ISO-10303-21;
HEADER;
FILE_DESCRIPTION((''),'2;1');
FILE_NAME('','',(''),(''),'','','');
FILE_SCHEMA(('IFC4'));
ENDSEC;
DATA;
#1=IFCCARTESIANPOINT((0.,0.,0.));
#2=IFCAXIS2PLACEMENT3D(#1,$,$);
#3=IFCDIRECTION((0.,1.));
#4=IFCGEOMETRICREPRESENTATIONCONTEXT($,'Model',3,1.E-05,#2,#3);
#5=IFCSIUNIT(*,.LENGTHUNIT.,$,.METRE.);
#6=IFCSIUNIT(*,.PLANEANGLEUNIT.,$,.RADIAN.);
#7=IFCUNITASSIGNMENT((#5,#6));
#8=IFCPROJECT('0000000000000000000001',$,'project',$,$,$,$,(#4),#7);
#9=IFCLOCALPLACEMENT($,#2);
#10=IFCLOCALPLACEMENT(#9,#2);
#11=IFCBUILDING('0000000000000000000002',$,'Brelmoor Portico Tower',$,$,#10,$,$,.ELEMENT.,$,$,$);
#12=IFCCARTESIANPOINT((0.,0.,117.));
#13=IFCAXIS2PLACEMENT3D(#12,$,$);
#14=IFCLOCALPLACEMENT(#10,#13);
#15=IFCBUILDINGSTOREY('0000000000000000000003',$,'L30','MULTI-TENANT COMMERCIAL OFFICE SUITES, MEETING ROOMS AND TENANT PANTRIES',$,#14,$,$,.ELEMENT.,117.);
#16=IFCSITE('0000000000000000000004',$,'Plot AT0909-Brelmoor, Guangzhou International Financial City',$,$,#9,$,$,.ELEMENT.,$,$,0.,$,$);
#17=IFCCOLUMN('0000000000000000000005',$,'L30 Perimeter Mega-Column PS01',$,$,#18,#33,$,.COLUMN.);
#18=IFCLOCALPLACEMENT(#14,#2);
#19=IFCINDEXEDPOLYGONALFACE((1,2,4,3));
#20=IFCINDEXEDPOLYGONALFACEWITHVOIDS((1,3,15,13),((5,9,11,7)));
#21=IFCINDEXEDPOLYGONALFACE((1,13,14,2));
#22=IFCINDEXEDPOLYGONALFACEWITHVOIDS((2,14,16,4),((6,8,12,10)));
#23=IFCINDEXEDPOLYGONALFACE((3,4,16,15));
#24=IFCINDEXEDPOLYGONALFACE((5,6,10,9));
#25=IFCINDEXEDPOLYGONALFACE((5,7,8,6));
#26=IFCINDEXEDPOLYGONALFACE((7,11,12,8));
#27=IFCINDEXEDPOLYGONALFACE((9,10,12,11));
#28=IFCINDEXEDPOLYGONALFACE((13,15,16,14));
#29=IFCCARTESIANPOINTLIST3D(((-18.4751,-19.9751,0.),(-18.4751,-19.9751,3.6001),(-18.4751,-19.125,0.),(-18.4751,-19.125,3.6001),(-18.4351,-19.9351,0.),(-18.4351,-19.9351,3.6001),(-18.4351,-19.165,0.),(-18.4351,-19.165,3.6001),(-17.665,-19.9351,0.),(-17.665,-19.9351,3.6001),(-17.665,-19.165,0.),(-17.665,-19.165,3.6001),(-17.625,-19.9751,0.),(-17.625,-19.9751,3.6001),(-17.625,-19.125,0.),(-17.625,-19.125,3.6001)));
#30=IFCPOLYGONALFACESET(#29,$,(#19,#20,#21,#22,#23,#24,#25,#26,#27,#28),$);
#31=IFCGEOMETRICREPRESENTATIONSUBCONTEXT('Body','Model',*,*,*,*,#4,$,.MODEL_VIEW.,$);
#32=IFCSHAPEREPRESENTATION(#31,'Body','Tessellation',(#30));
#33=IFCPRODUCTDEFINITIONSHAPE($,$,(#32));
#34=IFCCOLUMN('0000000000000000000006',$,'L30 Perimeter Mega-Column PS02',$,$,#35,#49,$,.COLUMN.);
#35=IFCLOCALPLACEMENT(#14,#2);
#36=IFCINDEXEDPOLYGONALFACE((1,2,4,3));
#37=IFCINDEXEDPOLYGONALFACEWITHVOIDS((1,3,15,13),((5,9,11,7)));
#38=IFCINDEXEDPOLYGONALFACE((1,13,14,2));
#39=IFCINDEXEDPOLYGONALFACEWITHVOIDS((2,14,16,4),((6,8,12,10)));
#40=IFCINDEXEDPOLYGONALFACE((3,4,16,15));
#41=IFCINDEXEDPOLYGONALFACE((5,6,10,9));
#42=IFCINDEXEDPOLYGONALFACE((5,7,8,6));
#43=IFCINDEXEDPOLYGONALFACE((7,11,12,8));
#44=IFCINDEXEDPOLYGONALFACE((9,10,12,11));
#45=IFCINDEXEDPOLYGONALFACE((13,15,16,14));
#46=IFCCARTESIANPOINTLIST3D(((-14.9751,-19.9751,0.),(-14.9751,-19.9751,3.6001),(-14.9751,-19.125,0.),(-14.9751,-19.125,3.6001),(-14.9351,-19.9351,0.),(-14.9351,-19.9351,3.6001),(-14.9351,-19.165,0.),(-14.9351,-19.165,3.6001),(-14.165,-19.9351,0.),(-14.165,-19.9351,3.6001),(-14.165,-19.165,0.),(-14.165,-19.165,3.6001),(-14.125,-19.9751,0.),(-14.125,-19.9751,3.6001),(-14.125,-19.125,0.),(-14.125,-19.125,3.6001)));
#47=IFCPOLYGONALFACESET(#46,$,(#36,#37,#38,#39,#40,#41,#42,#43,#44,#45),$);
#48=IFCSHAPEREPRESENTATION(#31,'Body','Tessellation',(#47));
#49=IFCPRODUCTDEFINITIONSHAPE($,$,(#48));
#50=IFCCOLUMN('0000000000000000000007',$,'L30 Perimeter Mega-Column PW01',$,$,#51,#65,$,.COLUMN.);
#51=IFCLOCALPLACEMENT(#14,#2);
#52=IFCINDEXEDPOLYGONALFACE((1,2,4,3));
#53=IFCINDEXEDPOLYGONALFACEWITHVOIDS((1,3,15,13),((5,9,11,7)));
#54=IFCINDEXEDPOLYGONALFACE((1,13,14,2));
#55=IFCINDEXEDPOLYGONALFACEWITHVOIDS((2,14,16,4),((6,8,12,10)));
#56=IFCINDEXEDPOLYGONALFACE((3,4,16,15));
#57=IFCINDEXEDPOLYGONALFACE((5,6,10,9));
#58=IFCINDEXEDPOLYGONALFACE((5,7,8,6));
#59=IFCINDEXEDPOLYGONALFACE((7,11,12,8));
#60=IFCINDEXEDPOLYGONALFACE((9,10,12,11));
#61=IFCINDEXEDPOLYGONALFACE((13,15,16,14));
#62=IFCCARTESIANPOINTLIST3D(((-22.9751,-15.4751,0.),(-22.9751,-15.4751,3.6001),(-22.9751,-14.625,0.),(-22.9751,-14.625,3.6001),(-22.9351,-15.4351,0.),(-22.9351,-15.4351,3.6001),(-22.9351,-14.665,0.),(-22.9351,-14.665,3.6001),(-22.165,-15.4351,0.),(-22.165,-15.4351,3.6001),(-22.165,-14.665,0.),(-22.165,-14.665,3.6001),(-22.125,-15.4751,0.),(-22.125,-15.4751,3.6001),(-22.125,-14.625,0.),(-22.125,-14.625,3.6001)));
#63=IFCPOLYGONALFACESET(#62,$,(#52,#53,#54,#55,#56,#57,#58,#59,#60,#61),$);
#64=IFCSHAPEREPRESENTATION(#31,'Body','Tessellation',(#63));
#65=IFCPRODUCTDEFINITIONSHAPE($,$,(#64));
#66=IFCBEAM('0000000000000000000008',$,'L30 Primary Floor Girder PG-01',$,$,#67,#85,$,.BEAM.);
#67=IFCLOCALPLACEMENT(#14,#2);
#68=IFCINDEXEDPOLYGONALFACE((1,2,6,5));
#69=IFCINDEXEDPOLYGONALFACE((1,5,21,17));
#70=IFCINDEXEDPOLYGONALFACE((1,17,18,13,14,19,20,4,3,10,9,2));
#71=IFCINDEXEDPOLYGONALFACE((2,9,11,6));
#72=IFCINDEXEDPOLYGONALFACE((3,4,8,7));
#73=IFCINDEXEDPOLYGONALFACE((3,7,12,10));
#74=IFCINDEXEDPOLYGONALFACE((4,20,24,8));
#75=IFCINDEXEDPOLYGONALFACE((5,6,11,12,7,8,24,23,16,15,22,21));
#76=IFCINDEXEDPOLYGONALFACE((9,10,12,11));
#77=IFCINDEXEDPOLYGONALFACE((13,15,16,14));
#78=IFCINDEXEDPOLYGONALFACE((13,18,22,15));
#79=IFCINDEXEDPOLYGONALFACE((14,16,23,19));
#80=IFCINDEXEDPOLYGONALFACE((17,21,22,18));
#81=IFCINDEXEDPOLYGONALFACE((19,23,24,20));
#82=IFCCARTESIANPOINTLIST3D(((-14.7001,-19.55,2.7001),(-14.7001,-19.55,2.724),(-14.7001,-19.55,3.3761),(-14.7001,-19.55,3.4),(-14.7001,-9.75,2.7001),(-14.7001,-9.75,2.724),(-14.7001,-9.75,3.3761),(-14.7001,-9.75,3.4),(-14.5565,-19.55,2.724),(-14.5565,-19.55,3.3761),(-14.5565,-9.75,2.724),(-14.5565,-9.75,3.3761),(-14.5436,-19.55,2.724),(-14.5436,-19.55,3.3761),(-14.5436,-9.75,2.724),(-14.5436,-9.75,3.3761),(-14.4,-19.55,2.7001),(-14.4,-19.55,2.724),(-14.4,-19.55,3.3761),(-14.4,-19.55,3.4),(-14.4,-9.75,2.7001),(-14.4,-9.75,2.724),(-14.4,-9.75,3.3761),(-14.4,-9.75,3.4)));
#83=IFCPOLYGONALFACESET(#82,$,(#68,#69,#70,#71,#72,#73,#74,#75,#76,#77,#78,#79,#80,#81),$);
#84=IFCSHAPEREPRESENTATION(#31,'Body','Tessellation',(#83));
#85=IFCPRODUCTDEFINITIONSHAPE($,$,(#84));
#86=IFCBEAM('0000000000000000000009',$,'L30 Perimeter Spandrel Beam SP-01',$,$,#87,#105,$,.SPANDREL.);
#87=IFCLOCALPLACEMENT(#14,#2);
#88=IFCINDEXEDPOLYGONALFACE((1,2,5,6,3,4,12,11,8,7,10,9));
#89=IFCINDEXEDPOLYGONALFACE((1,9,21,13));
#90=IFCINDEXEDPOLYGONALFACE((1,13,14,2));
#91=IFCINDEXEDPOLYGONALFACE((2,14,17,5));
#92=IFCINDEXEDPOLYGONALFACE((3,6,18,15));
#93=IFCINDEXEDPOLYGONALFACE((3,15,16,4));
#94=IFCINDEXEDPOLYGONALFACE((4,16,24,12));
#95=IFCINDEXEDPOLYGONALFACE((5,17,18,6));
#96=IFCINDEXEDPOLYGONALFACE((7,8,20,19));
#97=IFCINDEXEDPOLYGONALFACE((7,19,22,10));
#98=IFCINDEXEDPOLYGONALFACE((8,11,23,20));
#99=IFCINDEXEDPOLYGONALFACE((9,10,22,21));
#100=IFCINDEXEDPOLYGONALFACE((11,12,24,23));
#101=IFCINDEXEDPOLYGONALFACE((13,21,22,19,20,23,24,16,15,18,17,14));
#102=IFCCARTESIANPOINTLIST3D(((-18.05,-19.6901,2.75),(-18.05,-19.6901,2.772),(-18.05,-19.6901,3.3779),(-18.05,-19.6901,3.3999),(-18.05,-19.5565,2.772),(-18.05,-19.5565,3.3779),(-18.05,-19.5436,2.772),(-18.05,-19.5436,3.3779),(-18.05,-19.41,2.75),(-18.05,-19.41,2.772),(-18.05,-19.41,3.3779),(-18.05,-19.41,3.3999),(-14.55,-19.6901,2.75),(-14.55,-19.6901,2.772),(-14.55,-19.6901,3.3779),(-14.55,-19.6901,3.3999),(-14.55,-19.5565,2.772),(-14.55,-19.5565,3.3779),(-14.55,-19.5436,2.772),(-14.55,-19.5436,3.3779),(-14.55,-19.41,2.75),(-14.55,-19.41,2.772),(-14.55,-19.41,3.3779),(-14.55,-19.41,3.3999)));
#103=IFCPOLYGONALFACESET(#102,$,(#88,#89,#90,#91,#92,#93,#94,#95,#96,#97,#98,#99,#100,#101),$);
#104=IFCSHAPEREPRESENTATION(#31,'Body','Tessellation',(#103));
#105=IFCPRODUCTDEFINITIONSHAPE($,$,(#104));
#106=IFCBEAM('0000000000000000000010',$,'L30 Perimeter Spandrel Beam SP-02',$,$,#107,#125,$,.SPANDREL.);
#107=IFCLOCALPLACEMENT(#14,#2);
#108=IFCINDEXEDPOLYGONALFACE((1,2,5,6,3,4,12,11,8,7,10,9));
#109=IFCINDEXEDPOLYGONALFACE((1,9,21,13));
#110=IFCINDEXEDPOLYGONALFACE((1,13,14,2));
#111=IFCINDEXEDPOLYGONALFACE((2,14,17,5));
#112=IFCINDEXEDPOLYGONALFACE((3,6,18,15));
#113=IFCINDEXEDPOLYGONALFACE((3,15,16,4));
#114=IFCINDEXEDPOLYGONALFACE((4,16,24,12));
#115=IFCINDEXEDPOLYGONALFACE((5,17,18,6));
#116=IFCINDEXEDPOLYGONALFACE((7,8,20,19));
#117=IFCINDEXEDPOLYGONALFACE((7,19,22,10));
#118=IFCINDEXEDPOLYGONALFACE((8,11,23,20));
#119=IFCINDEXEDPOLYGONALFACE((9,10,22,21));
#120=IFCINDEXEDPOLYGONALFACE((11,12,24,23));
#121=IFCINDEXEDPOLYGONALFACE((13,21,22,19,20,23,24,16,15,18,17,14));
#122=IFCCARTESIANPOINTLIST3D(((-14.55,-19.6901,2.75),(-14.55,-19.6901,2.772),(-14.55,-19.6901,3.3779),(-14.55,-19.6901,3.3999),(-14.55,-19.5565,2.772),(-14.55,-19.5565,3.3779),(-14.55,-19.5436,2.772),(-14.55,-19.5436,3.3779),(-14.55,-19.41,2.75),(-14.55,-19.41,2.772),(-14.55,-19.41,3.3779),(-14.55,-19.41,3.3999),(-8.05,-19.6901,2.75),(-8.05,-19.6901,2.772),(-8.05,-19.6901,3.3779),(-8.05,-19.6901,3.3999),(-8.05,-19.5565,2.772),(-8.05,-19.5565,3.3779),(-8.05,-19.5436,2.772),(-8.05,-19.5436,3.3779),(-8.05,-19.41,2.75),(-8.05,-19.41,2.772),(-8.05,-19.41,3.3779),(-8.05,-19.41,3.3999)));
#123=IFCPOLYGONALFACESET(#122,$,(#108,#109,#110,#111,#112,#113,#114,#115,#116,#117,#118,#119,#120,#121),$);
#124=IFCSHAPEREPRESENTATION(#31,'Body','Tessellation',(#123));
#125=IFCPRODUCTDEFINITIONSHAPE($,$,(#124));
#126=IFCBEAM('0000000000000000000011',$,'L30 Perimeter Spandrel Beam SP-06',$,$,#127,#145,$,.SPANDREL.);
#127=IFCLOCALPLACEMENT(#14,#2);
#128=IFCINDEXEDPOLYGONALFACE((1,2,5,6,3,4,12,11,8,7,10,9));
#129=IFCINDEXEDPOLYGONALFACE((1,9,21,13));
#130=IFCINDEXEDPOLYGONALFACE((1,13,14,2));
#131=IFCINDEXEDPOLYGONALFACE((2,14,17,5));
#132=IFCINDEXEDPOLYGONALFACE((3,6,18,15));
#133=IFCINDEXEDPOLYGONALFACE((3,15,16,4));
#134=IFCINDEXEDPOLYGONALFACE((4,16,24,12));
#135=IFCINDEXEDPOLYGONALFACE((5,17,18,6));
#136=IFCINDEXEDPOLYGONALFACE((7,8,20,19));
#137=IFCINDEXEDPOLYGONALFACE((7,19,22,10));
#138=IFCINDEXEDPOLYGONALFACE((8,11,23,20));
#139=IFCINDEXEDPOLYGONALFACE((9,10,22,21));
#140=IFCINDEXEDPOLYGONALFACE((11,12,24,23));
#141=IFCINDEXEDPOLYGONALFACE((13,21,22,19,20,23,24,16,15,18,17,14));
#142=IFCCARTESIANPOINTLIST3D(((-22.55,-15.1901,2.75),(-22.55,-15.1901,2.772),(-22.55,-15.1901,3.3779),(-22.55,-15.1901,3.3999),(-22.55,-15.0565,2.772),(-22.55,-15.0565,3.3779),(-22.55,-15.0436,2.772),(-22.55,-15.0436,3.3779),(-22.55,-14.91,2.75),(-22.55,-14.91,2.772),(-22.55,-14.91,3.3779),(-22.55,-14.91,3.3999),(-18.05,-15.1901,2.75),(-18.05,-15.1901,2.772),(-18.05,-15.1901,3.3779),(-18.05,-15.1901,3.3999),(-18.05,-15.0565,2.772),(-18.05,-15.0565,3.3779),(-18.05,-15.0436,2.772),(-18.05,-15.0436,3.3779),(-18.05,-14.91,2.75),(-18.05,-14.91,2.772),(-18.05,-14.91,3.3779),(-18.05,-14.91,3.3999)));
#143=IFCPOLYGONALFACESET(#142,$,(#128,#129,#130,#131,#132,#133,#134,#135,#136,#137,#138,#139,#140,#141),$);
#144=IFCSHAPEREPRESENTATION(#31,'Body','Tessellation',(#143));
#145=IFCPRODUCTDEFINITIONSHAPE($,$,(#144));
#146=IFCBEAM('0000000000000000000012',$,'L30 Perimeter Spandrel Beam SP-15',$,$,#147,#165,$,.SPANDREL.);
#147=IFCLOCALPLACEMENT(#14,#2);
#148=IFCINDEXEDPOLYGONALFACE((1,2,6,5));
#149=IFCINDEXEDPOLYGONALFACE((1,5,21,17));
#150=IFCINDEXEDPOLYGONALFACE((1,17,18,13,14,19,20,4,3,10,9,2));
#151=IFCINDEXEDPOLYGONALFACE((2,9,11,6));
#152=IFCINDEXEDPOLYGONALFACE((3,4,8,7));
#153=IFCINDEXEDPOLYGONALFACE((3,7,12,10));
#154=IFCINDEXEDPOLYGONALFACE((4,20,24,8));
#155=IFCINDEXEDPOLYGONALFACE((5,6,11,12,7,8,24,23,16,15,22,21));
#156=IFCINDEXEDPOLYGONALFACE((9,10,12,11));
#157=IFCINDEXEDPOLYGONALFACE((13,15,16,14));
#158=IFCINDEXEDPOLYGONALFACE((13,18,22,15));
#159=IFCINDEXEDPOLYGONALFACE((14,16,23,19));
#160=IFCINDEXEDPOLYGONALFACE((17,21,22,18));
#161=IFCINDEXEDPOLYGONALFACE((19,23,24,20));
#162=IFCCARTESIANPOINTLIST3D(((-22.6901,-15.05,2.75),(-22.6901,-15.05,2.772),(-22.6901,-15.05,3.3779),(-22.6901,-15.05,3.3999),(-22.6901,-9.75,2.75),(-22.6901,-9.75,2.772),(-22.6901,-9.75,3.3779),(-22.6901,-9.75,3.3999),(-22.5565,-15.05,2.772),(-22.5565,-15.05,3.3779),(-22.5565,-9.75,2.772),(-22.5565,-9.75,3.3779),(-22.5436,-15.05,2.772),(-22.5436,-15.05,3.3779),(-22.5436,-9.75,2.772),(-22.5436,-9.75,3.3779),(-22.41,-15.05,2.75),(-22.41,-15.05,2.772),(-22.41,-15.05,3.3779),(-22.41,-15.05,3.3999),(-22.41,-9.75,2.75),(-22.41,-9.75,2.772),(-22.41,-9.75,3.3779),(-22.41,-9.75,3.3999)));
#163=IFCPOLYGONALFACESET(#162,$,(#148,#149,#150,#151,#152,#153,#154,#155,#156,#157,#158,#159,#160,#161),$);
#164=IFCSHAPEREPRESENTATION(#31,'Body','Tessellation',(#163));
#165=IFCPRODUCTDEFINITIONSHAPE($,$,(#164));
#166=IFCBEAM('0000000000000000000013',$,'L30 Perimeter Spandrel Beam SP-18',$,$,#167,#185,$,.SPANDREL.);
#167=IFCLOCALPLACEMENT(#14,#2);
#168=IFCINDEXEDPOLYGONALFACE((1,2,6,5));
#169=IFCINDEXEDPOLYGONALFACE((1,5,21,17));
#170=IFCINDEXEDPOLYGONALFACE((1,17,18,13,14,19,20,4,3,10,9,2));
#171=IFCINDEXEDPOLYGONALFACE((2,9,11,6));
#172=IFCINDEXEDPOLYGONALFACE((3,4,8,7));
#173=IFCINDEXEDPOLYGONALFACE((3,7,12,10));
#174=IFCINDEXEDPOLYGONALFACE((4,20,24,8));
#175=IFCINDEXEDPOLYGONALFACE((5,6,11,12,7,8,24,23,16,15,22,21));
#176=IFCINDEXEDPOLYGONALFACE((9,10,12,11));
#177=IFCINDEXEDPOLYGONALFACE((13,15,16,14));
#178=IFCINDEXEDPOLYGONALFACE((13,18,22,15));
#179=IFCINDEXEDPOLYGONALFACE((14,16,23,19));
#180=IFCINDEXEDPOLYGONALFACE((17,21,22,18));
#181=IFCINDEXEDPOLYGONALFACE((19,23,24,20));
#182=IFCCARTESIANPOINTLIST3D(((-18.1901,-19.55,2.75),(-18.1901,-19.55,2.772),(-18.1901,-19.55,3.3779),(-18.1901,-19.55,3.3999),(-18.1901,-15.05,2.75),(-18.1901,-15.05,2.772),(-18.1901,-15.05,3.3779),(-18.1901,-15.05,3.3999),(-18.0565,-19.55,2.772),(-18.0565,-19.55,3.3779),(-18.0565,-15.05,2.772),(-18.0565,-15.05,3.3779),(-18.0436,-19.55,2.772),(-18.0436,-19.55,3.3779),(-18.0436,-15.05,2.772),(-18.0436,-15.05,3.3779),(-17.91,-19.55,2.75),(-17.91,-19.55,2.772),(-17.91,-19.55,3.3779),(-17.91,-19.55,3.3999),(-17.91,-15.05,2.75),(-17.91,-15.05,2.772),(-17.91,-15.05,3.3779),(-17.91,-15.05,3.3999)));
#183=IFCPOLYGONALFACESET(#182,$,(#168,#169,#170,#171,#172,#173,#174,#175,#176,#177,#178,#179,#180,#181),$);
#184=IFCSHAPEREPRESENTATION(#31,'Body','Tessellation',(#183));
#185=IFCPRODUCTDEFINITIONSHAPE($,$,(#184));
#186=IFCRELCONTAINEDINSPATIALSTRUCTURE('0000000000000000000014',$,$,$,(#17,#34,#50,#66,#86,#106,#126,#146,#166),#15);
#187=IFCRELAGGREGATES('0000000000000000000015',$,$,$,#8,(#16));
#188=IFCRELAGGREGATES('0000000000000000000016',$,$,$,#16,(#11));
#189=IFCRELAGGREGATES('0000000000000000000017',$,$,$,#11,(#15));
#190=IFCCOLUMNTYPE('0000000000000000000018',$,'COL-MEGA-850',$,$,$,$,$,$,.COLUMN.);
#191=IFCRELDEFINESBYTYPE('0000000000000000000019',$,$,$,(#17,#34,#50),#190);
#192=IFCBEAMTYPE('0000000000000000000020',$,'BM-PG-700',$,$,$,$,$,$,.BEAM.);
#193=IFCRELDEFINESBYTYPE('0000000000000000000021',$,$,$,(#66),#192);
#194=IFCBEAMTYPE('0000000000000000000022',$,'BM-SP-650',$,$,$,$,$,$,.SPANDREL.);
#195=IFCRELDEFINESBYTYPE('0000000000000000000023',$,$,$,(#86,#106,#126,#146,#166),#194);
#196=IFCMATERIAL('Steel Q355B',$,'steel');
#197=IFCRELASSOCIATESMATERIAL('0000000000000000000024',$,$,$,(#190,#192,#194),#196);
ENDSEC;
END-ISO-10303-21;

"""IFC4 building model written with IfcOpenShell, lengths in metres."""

from ifc_helpers import new_model, si_unit, direction, frame, origin, origin_2d, place, context, subcontext, project, spatial, hollow_rectangle, i_section, extrude, material, material_profile, profile_set, type_object, element, save


model = new_model("IFC4")

# Units and contexts
model_context = context("Model", 3, precision=1e-05, world=origin(), true_north=direction((0.0, 1.0)))
body_context = subcontext(model_context, "Body", "Model", "MODEL_VIEW")
ifc_project = project(units=[si_unit("LENGTHUNIT", "METRE"), si_unit("PLANEANGLEUNIT", "RADIAN")], contexts=[model_context])

# Site, building, storey
site_placement = place(None, origin())
site = spatial("IfcSite", under=ifc_project, at=site_placement, Name="Plot AT0909-Brelmoor, Guangzhou International Financial City", CompositionType="ELEMENT", RefElevation=0.0)
building_placement = place(site_placement, origin())
building = spatial("IfcBuilding", under=site, at=building_placement, Name="Brelmoor Portico Tower", CompositionType="ELEMENT")
storey_placement = place(building_placement, frame((0.0, 0.0, 117.0)))
storey = spatial("IfcBuildingStorey", under=building, at=storey_placement, Name="L30", Description="MULTI-TENANT COMMERCIAL OFFICE SUITES, MEETING ROOMS AND TENANT PANTRIES", CompositionType="ELEMENT", Elevation=117.0)

# Columns
ifc_material_1 = material(Name="Steel Q355B", Category="steel")
ifc_material_profile_1 = material_profile(ifc_material_1, hollow_rectangle(XDim=0.8501, YDim=0.8501, WallThickness=0.04, at=origin_2d()), Name="BOX 850x850x40")
ifc_profile_set_1 = profile_set([ifc_material_profile_1], Name="Steel Q355B")
column_type = type_object("IfcColumnType", Name="COL-MEGA-850", PredefinedType="COLUMN", material=ifc_profile_set_1)
for number, where, z_axis, x_axis, name in (
    (1, (-18.05, -19.55, 0.0), (0.0, 0.0, 1.0), (1.0, 0.0, 0.0), "L30 Perimeter Mega-Column PS01"),
    (2, (-14.55, -19.55, 0.0), (0.0, 0.0, 1.0), (1.0, 0.0, 0.0), "L30 Perimeter Mega-Column PS02"),
    (3, (-22.55, -15.05, 0.0), (0.0, 0.0, 1.0), (0.0, 1.0, 0.0), "L30 Perimeter Mega-Column PW01"),
):
    element("IfcColumn", number, at=place(storey_placement, frame(where, z_axis=z_axis, x_axis=x_axis)), inside=storey, type_object=column_type, Name=name, PredefinedType="COLUMN", context=body_context, shape_type="SweptSolid", body=[
        extrude(hollow_rectangle(XDim=0.8501, YDim=0.8501, WallThickness=0.04, at=origin_2d()), origin(), (0.0, 0.0, 1.0), 3.6001),
    ])

# Beams
ifc_material_profile_2 = material_profile(ifc_material_1, i_section(OverallWidth=0.3, OverallDepth=0.7, WebThickness=0.0129, FlangeThickness=0.0239, at=origin_2d()), Name="HN 700x300x13x24")
ifc_profile_set_2 = profile_set([ifc_material_profile_2], Name="Steel Q355B")
beam_type_1 = type_object("IfcBeamType", Name="BM-PG-700", PredefinedType="BEAM", material=ifc_profile_set_2)
beam_1_placement = place(storey_placement, frame((-14.55, -19.55, 3.05), z_axis=(0.0, 1.0, 0.0), x_axis=(-1.0, 0.0, 0.0)))
element("IfcBeam", 4, at=beam_1_placement, inside=storey, type_object=beam_type_1, Name="L30 Primary Floor Girder PG-01", PredefinedType="BEAM", context=body_context, shape_type="SweptSolid", body=[
    extrude(i_section(OverallWidth=0.3, OverallDepth=0.7, WebThickness=0.0129, FlangeThickness=0.0239, at=origin_2d()), origin(), (0.0, 0.0, 1.0), 9.8),
])
ifc_material_profile_3 = material_profile(ifc_material_1, i_section(OverallWidth=0.28, OverallDepth=0.6499, WebThickness=0.0129, FlangeThickness=0.022, at=origin_2d()), Name="HN 650x280x13x22")
ifc_profile_set_3 = profile_set([ifc_material_profile_3], Name="Steel Q355B")
beam_type_2 = type_object("IfcBeamType", Name="BM-SP-650", PredefinedType="SPANDREL", material=ifc_profile_set_3)
beam_2_placement = place(storey_placement, frame((-18.05, -19.55, 3.075), z_axis=(1.0, 0.0, 0.0), x_axis=(0.0, 1.0, 0.0)))
element("IfcBeam", 5, at=beam_2_placement, inside=storey, type_object=beam_type_2, Name="L30 Perimeter Spandrel Beam SP-01", PredefinedType="SPANDREL", context=body_context, shape_type="SweptSolid", body=[
    extrude(i_section(OverallWidth=0.28, OverallDepth=0.6499, WebThickness=0.0129, FlangeThickness=0.022, at=origin_2d()), origin(), (0.0, 0.0, 1.0), 3.5),
])
beam_3_placement = place(storey_placement, frame((-14.55, -19.55, 3.075), z_axis=(1.0, 0.0, 0.0), x_axis=(0.0, 1.0, 0.0)))
element("IfcBeam", 6, at=beam_3_placement, inside=storey, type_object=beam_type_2, Name="L30 Perimeter Spandrel Beam SP-02", PredefinedType="SPANDREL", context=body_context, shape_type="SweptSolid", body=[
    extrude(i_section(OverallWidth=0.28, OverallDepth=0.6499, WebThickness=0.0129, FlangeThickness=0.022, at=origin_2d()), origin(), (0.0, 0.0, 1.0), 6.5),
])
beam_4_placement = place(storey_placement, frame((-22.55, -15.05, 3.075), z_axis=(1.0, 0.0, 0.0), x_axis=(0.0, 1.0, 0.0)))
element("IfcBeam", 7, at=beam_4_placement, inside=storey, type_object=beam_type_2, Name="L30 Perimeter Spandrel Beam SP-06", PredefinedType="SPANDREL", context=body_context, shape_type="SweptSolid", body=[
    extrude(i_section(OverallWidth=0.28, OverallDepth=0.6499, WebThickness=0.0129, FlangeThickness=0.022, at=origin_2d()), origin(), (0.0, 0.0, 1.0), 4.5),
])
beam_5_placement = place(storey_placement, frame((-22.55, -15.05, 3.075), z_axis=(0.0, 1.0, 0.0), x_axis=(-1.0, 0.0, 0.0)))
element("IfcBeam", 8, at=beam_5_placement, inside=storey, type_object=beam_type_2, Name="L30 Perimeter Spandrel Beam SP-15", PredefinedType="SPANDREL", context=body_context, shape_type="SweptSolid", body=[
    extrude(i_section(OverallWidth=0.28, OverallDepth=0.6499, WebThickness=0.0129, FlangeThickness=0.022, at=origin_2d()), origin(), (0.0, 0.0, 1.0), 5.3),
])
beam_6_placement = place(storey_placement, frame((-18.05, -19.55, 3.075), z_axis=(0.0, 1.0, 0.0), x_axis=(-1.0, 0.0, 0.0)))
element("IfcBeam", 9, at=beam_6_placement, inside=storey, type_object=beam_type_2, Name="L30 Perimeter Spandrel Beam SP-18", PredefinedType="SPANDREL", context=body_context, shape_type="SweptSolid", body=[
    extrude(i_section(OverallWidth=0.28, OverallDepth=0.6499, WebThickness=0.0129, FlangeThickness=0.022, at=origin_2d()), origin(), (0.0, 0.0, 1.0), 4.5),
])

save(model, "model.ifc")
